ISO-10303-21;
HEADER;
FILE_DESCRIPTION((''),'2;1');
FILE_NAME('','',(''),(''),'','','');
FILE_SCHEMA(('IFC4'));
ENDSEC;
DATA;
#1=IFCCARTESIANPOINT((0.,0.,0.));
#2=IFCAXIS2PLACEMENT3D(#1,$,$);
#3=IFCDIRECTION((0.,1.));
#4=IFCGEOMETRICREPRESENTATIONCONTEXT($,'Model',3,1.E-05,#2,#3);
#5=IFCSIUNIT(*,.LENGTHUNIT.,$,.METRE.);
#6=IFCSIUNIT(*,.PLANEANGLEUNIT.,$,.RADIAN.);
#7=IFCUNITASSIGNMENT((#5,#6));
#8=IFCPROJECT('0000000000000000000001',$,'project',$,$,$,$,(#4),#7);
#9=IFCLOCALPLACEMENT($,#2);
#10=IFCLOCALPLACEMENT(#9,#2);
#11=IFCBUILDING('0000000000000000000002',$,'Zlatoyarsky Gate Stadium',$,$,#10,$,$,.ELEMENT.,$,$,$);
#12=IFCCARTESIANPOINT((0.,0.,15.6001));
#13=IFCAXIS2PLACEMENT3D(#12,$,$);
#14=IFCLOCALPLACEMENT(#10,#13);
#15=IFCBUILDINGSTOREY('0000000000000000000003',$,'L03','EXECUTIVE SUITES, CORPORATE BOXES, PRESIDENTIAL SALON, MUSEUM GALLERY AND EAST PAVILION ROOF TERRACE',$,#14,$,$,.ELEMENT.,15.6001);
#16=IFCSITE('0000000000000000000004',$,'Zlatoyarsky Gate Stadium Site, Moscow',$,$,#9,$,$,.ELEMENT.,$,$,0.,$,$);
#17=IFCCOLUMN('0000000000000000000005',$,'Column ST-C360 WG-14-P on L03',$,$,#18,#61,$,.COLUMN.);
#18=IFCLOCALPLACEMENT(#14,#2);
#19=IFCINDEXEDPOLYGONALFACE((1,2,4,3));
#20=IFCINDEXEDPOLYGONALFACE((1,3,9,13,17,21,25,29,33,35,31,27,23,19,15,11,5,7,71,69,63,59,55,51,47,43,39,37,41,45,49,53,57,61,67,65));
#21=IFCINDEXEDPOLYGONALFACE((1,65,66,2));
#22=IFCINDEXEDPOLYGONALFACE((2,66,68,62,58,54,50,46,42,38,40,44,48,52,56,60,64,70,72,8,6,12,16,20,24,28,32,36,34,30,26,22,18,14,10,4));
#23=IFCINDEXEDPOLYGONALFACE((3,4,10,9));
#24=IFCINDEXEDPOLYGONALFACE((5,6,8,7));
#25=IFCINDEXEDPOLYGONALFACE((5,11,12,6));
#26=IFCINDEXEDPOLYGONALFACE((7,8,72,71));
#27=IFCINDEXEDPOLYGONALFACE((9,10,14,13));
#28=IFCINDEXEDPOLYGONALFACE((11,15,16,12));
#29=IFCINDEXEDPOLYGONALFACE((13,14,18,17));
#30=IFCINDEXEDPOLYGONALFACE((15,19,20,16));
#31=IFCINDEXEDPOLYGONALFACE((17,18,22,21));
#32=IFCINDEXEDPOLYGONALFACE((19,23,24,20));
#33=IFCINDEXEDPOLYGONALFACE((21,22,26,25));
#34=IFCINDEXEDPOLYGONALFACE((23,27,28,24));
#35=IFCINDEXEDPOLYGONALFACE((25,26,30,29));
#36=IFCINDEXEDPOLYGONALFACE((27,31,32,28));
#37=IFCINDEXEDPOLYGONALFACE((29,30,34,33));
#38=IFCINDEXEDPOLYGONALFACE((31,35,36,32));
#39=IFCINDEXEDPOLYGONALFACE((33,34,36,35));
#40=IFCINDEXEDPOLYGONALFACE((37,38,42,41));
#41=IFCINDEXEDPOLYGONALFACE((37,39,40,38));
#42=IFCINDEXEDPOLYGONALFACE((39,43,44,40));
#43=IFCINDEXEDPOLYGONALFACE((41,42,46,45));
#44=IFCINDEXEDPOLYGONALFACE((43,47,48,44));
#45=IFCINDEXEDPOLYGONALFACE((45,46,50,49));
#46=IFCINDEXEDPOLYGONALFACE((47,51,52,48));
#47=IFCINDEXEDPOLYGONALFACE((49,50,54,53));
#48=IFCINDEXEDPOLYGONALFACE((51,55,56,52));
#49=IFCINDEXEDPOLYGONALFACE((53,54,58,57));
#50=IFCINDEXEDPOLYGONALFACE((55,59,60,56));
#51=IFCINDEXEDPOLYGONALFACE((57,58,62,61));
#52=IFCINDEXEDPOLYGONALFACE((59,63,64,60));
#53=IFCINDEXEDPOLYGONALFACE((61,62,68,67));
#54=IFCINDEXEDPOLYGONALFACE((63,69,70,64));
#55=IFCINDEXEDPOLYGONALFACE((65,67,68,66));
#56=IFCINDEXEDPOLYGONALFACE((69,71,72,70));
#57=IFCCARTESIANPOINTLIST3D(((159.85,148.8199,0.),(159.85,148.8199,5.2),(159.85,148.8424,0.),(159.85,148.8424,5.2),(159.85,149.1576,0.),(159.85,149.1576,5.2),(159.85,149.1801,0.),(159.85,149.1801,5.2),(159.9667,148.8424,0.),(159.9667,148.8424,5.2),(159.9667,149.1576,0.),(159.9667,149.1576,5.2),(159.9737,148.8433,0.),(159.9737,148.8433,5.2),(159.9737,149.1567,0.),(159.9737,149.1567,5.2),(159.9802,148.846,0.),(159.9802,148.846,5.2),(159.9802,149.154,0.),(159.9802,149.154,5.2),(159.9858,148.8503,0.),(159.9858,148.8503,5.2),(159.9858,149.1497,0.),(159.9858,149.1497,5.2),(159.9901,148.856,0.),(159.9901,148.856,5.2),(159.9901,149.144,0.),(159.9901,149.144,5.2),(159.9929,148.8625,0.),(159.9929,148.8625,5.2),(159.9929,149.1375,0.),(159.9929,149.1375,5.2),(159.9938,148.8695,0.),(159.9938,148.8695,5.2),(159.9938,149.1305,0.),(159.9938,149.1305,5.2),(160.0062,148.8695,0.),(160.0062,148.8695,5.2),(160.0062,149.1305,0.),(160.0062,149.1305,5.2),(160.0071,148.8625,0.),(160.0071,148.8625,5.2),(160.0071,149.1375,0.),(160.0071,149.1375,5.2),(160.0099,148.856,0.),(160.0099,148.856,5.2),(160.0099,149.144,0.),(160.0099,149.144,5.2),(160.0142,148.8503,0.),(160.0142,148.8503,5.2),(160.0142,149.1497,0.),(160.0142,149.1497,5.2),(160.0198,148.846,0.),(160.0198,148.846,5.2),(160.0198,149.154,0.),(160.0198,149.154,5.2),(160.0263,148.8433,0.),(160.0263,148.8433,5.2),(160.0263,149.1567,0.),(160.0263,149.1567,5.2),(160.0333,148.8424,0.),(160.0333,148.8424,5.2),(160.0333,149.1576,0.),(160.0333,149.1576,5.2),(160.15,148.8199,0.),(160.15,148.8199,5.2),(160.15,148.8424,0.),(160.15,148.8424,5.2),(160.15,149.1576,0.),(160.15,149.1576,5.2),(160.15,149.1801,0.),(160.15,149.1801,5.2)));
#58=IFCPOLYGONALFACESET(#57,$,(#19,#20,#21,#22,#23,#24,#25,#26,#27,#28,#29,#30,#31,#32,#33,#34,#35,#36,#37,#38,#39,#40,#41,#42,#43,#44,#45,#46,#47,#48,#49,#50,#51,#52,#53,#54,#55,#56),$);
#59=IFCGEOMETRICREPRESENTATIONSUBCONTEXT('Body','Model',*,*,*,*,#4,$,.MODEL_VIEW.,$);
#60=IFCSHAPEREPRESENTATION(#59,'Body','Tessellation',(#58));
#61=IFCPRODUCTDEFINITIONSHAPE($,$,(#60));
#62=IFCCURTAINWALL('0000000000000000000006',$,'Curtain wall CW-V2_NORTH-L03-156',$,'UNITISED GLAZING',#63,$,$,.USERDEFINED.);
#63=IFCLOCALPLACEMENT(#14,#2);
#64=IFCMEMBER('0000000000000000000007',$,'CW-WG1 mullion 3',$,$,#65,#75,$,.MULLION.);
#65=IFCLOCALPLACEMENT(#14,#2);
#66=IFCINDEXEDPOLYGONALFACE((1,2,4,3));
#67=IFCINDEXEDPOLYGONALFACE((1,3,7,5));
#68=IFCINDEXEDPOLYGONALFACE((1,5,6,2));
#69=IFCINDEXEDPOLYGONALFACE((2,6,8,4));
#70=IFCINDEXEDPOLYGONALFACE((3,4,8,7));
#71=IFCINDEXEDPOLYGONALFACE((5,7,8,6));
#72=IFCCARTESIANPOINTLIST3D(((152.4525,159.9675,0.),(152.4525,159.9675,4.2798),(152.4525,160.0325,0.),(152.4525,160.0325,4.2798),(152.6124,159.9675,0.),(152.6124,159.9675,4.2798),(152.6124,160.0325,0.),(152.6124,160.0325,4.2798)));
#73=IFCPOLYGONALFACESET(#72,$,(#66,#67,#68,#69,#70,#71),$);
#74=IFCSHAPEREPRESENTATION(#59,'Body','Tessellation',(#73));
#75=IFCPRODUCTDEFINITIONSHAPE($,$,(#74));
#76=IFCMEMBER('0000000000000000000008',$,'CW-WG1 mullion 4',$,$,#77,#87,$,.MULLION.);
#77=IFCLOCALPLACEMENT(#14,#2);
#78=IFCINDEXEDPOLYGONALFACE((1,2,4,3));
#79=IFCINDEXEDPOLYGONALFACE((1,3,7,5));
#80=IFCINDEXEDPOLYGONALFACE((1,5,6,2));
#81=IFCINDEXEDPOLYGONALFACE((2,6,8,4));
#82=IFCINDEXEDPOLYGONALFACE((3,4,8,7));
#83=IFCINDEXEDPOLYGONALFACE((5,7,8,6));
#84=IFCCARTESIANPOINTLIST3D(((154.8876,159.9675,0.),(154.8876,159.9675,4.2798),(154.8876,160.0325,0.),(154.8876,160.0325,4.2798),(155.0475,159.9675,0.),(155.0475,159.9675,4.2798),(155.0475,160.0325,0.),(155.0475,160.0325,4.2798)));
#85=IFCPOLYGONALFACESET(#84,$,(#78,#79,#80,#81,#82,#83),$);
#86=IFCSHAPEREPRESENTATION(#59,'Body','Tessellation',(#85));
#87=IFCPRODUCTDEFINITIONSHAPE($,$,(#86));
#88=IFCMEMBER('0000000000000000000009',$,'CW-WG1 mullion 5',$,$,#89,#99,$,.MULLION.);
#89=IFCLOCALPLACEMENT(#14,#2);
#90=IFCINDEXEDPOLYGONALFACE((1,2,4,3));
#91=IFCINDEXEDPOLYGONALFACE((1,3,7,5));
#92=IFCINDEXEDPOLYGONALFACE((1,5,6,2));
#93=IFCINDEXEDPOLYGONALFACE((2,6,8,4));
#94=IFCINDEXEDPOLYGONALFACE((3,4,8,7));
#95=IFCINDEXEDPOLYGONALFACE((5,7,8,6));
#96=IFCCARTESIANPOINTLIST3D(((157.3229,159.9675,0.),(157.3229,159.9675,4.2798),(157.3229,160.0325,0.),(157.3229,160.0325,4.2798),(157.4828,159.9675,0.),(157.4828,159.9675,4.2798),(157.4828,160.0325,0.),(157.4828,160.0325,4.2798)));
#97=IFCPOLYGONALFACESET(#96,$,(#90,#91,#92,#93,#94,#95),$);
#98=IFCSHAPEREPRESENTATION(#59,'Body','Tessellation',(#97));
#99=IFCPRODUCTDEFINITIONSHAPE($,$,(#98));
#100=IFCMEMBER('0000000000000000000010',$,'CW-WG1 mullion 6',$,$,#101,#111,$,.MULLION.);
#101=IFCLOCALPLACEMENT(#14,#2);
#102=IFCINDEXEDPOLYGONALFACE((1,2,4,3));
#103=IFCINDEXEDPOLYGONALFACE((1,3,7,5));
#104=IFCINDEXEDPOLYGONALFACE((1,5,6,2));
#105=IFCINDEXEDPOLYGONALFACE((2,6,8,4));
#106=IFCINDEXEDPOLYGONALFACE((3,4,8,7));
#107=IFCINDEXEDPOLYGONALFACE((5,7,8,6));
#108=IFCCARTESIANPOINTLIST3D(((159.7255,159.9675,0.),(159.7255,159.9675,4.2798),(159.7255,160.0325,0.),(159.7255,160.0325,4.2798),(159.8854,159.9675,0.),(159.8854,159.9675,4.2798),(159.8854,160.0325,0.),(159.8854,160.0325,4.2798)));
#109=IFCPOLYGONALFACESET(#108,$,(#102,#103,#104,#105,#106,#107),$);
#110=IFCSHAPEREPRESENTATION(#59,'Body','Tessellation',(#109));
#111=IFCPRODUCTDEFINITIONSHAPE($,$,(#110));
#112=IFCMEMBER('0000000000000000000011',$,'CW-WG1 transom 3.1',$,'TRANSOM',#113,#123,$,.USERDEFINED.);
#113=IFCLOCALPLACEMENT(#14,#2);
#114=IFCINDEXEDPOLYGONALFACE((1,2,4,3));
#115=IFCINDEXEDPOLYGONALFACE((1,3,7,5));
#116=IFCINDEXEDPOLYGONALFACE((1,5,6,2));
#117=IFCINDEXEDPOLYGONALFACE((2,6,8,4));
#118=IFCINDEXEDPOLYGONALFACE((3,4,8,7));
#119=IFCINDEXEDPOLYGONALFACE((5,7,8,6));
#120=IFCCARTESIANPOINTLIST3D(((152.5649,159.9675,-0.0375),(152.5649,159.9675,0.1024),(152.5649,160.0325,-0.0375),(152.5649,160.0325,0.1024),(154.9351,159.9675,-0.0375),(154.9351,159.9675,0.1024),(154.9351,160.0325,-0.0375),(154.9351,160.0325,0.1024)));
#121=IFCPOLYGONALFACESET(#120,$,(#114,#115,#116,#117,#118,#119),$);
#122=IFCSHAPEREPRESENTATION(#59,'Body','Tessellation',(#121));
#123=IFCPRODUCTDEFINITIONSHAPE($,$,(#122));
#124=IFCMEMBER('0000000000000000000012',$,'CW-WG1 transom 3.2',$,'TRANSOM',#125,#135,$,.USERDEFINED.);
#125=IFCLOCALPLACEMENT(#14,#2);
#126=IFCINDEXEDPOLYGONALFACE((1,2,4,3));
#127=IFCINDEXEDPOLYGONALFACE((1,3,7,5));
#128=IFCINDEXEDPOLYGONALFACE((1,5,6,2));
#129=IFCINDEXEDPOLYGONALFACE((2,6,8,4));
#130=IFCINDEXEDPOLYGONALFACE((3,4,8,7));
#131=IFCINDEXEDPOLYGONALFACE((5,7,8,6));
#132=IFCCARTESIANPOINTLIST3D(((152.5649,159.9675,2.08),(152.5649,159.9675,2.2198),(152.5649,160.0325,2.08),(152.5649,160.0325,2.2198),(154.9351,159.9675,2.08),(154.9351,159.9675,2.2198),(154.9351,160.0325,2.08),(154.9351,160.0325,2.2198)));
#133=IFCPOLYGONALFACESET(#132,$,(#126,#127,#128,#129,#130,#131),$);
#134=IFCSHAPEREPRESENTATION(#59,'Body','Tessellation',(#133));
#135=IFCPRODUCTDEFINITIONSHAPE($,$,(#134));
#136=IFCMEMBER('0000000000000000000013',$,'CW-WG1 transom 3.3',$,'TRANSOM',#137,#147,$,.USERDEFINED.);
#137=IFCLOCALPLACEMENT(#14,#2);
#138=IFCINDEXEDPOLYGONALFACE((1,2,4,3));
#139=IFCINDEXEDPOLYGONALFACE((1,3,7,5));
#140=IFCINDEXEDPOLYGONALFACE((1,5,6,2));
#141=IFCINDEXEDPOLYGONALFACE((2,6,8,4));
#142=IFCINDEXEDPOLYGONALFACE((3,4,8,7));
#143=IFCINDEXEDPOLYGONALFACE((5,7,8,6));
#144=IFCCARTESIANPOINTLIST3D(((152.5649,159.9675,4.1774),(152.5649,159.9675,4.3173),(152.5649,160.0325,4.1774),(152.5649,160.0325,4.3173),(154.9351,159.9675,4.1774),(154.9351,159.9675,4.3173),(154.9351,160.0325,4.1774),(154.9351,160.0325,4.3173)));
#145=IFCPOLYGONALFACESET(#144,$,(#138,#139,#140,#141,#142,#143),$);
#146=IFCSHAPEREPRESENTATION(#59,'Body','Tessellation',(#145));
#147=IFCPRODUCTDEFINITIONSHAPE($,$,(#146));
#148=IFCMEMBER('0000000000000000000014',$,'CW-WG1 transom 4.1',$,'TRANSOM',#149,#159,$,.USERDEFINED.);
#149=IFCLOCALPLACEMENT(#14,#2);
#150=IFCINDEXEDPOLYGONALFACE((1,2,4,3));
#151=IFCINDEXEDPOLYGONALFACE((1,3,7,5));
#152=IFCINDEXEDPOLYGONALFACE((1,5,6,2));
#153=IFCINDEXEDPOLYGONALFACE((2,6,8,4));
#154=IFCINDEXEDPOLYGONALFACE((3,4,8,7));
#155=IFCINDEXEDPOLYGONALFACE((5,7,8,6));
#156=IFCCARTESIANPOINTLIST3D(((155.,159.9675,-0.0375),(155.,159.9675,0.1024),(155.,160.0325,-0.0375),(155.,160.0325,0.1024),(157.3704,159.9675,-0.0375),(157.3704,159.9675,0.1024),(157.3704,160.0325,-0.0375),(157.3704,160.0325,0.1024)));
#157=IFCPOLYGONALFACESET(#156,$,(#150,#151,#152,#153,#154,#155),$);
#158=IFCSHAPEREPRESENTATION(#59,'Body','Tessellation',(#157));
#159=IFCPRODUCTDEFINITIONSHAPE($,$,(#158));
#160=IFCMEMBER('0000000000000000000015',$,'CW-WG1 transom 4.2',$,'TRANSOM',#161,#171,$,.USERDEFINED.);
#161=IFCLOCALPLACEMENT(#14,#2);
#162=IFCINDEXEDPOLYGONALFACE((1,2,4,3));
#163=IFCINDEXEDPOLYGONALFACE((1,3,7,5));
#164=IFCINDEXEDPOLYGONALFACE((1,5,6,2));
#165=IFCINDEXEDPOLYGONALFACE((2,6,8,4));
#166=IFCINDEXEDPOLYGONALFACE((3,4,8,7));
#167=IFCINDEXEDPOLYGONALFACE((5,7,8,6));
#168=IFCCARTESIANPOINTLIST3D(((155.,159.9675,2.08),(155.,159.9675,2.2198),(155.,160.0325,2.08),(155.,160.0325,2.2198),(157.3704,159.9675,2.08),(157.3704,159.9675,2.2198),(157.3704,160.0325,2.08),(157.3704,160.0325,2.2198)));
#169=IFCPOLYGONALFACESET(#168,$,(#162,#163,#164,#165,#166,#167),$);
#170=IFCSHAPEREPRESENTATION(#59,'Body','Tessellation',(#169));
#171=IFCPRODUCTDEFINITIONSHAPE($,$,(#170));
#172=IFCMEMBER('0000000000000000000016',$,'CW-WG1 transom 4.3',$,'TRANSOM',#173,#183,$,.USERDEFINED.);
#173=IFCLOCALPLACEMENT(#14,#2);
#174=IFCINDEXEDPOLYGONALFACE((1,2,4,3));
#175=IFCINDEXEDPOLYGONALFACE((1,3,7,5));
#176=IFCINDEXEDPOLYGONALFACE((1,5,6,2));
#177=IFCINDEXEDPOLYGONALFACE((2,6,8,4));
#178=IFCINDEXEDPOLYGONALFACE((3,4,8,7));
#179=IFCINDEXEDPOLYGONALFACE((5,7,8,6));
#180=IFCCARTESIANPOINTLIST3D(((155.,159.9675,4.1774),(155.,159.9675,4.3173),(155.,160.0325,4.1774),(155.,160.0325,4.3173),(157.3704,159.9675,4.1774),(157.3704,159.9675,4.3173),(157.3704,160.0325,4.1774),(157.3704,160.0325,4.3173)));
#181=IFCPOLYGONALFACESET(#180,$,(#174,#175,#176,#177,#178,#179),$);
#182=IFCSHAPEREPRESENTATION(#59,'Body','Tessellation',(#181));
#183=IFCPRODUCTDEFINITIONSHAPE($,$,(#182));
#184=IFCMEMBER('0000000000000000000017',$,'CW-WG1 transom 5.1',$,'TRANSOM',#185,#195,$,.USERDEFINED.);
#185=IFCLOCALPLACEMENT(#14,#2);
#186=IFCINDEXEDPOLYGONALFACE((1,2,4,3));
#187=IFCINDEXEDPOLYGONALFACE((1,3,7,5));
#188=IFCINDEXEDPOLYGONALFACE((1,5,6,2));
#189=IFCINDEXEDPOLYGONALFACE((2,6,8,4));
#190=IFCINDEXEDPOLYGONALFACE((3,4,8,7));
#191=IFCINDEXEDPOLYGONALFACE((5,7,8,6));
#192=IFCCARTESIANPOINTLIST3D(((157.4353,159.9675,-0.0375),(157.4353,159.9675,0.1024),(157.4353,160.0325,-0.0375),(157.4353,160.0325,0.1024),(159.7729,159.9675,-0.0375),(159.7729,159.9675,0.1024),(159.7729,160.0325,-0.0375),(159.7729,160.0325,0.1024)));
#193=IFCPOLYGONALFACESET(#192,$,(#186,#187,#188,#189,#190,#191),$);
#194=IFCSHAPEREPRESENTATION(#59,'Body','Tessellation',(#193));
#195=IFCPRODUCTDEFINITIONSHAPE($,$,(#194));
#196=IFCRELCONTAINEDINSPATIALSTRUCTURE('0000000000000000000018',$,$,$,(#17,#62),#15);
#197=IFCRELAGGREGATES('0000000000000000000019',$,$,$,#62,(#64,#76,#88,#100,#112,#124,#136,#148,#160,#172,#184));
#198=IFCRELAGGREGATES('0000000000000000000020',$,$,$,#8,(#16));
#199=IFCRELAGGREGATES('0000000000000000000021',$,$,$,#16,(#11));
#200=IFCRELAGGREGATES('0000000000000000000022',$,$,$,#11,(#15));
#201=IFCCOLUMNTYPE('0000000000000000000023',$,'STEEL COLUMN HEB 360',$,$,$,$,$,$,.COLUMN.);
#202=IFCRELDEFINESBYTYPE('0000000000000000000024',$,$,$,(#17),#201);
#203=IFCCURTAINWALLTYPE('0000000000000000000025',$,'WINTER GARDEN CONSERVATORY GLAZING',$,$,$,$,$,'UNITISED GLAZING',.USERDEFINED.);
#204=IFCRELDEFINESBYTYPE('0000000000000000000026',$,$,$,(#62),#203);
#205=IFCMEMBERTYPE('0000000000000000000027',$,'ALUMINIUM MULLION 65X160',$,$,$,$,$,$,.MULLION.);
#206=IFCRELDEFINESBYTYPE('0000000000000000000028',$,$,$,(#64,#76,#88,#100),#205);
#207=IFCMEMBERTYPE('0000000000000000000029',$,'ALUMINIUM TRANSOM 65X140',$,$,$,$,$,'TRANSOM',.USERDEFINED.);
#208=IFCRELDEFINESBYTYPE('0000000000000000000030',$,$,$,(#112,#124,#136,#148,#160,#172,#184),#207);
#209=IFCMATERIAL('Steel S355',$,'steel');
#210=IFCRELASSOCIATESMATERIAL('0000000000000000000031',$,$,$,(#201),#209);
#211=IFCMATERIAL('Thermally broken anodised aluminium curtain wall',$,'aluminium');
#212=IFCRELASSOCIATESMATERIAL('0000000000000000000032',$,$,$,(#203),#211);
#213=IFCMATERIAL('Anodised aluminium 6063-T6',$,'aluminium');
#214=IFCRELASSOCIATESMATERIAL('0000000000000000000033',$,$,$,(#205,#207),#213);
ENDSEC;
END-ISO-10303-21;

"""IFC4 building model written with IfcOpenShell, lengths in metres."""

from ifc_helpers import new_model, si_unit, direction, frame, origin, origin_2d, place, context, subcontext, project, spatial, rectangle, i_section, extrude, material, material_profile, profile_set, type_object, element, aggregate, save


model = new_model("IFC4")

# Units and contexts
model_context = context("Model", 3, precision=1e-05, world=origin(), true_north=direction((0.0, 1.0)))
body_context = subcontext(model_context, "Body", "Model", "MODEL_VIEW")
ifc_project = project(units=[si_unit("LENGTHUNIT", "METRE"), si_unit("PLANEANGLEUNIT", "RADIAN")], contexts=[model_context])

# Site, building, storey
site_placement = place(None, origin())
site = spatial("IfcSite", under=ifc_project, at=site_placement, Name="Zlatoyarsky Gate Stadium Site, Moscow", CompositionType="ELEMENT", RefElevation=0.0)
building_placement = place(site_placement, origin())
building = spatial("IfcBuilding", under=site, at=building_placement, Name="Zlatoyarsky Gate Stadium", CompositionType="ELEMENT")
storey_placement = place(building_placement, frame((0.0, 0.0, 15.6001)))
storey = spatial("IfcBuildingStorey", under=building, at=storey_placement, Name="L03", Description="EXECUTIVE SUITES, CORPORATE BOXES, PRESIDENTIAL SALON, MUSEUM GALLERY AND EAST PAVILION ROOF TERRACE", CompositionType="ELEMENT", Elevation=15.6001)

# Column
ifc_material_1 = material(Name="Steel S355", Category="steel")
ifc_material_profile_1 = material_profile(ifc_material_1, i_section(OverallWidth=0.3, OverallDepth=0.3601, WebThickness=0.0125, FlangeThickness=0.0225, FilletRadius=0.0271, at=origin_2d()), Name="HEB 360")
ifc_profile_set_1 = profile_set([ifc_material_profile_1], Name="Steel S355")
column_type = type_object("IfcColumnType", Name="STEEL COLUMN HEB 360", PredefinedType="COLUMN", material=ifc_profile_set_1)
column_placement = place(storey_placement, frame((160.0, 149.0, 0.0), z_axis=(0.0, 0.0, 1.0), x_axis=(1.0, 0.0, 0.0)))
element("IfcColumn", 1, at=column_placement, inside=storey, type_object=column_type, Name="Column ST-C360 WG-14-P on L03", PredefinedType="COLUMN", context=body_context, shape_type="SweptSolid", body=[
    extrude(i_section(OverallWidth=0.3, OverallDepth=0.3601, WebThickness=0.0125, FlangeThickness=0.0225, FilletRadius=0.0271, at=origin_2d()), origin(), (0.0, 0.0, 1.0), 5.2),
])

# Curtain wall, members
ifc_material_2 = material(Name="Thermally broken anodised aluminium curtain wall", Category="aluminium")
curtain_wall_type = type_object("IfcCurtainWallType", Name="WINTER GARDEN CONSERVATORY GLAZING", ElementType="UNITISED GLAZING", PredefinedType="USERDEFINED", material=ifc_material_2)
curtain_wall_placement = place(storey_placement, origin())
curtain_wall = element("IfcCurtainWall", 2, at=curtain_wall_placement, inside=storey, type_object=curtain_wall_type, Name="Curtain wall CW-V2_NORTH-L03-156", ObjectType="UNITISED GLAZING", PredefinedType="USERDEFINED")
ifc_material_3 = material(Name="Anodised aluminium 6063-T6", Category="aluminium")
ifc_material_profile_2 = material_profile(ifc_material_3, rectangle(XDim=0.0649, YDim=0.1599, at=origin_2d()), Name="ALU 65X160")
ifc_profile_set_2 = profile_set([ifc_material_profile_2], Name="Anodised aluminium 6063-T6")
member_type_1 = type_object("IfcMemberType", Name="ALUMINIUM MULLION 65X160", PredefinedType="MULLION", material=ifc_profile_set_2)
member_1_placement = place(storey_placement, frame((152.5325, 160.0, 0.0), z_axis=(0.0, 0.0, 1.0), x_axis=(0.0, 1.0, 0.0)))
member_1 = element("IfcMember", 3, at=member_1_placement, type_object=member_type_1, Name="CW-WG1 mullion 3", PredefinedType="MULLION", context=body_context, shape_type="SweptSolid", body=[
    extrude(rectangle(XDim=0.0649, YDim=0.1599, at=origin_2d()), origin(), (0.0, 0.0, 1.0), 4.2798),
])
member_2_placement = place(storey_placement, frame((154.9675, 160.0, 0.0), z_axis=(0.0, 0.0, 1.0), x_axis=(0.0, 1.0, 0.0)))
member_2 = element("IfcMember", 4, at=member_2_placement, type_object=member_type_1, Name="CW-WG1 mullion 4", PredefinedType="MULLION", context=body_context, shape_type="SweptSolid", body=[
    extrude(rectangle(XDim=0.0649, YDim=0.1599, at=origin_2d()), origin(), (0.0, 0.0, 1.0), 4.2798),
])
member_3_placement = place(storey_placement, frame((157.4028, 160.0, 0.0), z_axis=(0.0, 0.0, 1.0), x_axis=(0.0, 1.0, 0.0)))
member_3 = element("IfcMember", 5, at=member_3_placement, type_object=member_type_1, Name="CW-WG1 mullion 5", PredefinedType="MULLION", context=body_context, shape_type="SweptSolid", body=[
    extrude(rectangle(XDim=0.0649, YDim=0.1599, at=origin_2d()), origin(), (0.0, 0.0, 1.0), 4.2798),
])
member_4_placement = place(storey_placement, frame((159.8054, 160.0, 0.0), z_axis=(0.0, 0.0, 1.0), x_axis=(0.0, 1.0, 0.0)))
member_4 = element("IfcMember", 6, at=member_4_placement, type_object=member_type_1, Name="CW-WG1 mullion 6", PredefinedType="MULLION", context=body_context, shape_type="SweptSolid", body=[
    extrude(rectangle(XDim=0.0649, YDim=0.1599, at=origin_2d()), origin(), (0.0, 0.0, 1.0), 4.2798),
])
ifc_material_profile_3 = material_profile(ifc_material_3, rectangle(XDim=0.0649, YDim=0.1399, at=origin_2d()), Name="ALU 65X140")
ifc_profile_set_3 = profile_set([ifc_material_profile_3], Name="Anodised aluminium 6063-T6")
member_type_2 = type_object("IfcMemberType", Name="ALUMINIUM TRANSOM 65X140", ElementType="TRANSOM", PredefinedType="USERDEFINED", material=ifc_profile_set_3)
member_5_placement = place(storey_placement, frame((152.5649, 160.0, 0.0325), z_axis=(1.0, 0.0, 0.0), x_axis=(0.0, 1.0, 0.0)))
member_5 = element("IfcMember", 7, at=member_5_placement, type_object=member_type_2, Name="CW-WG1 transom 3.1", ObjectType="TRANSOM", PredefinedType="USERDEFINED", context=body_context, shape_type="SweptSolid", body=[
    extrude(rectangle(XDim=0.0649, YDim=0.1399, at=origin_2d()), origin(), (0.0, 0.0, 1.0), 2.3701),
])
member_6_placement = place(storey_placement, frame((152.5649, 160.0, 2.1499), z_axis=(1.0, 0.0, 0.0), x_axis=(0.0, 1.0, 0.0)))
member_6 = element("IfcMember", 8, at=member_6_placement, type_object=member_type_2, Name="CW-WG1 transom 3.2", ObjectType="TRANSOM", PredefinedType="USERDEFINED", context=body_context, shape_type="SweptSolid", body=[
    extrude(rectangle(XDim=0.0649, YDim=0.1399, at=origin_2d()), origin(), (0.0, 0.0, 1.0), 2.3701),
])
member_7_placement = place(storey_placement, frame((152.5649, 160.0, 4.2473), z_axis=(1.0, 0.0, 0.0), x_axis=(0.0, 1.0, 0.0)))
member_7 = element("IfcMember", 9, at=member_7_placement, type_object=member_type_2, Name="CW-WG1 transom 3.3", ObjectType="TRANSOM", PredefinedType="USERDEFINED", context=body_context, shape_type="SweptSolid", body=[
    extrude(rectangle(XDim=0.0649, YDim=0.1399, at=origin_2d()), origin(), (0.0, 0.0, 1.0), 2.3701),
])
member_8_placement = place(storey_placement, frame((155.0, 160.0, 0.0325), z_axis=(1.0, 0.0, 0.0), x_axis=(0.0, 1.0, 0.0)))
member_8 = element("IfcMember", 10, at=member_8_placement, type_object=member_type_2, Name="CW-WG1 transom 4.1", ObjectType="TRANSOM", PredefinedType="USERDEFINED", context=body_context, shape_type="SweptSolid", body=[
    extrude(rectangle(XDim=0.0649, YDim=0.1399, at=origin_2d()), origin(), (0.0, 0.0, 1.0), 2.3704),
])
member_9_placement = place(storey_placement, frame((155.0, 160.0, 2.1499), z_axis=(1.0, 0.0, 0.0), x_axis=(0.0, 1.0, 0.0)))
member_9 = element("IfcMember", 11, at=member_9_placement, type_object=member_type_2, Name="CW-WG1 transom 4.2", ObjectType="TRANSOM", PredefinedType="USERDEFINED", context=body_context, shape_type="SweptSolid", body=[
    extrude(rectangle(XDim=0.0649, YDim=0.1399, at=origin_2d()), origin(), (0.0, 0.0, 1.0), 2.3704),
])
member_10_placement = place(storey_placement, frame((155.0, 160.0, 4.2473), z_axis=(1.0, 0.0, 0.0), x_axis=(0.0, 1.0, 0.0)))
member_10 = element("IfcMember", 12, at=member_10_placement, type_object=member_type_2, Name="CW-WG1 transom 4.3", ObjectType="TRANSOM", PredefinedType="USERDEFINED", context=body_context, shape_type="SweptSolid", body=[
    extrude(rectangle(XDim=0.0649, YDim=0.1399, at=origin_2d()), origin(), (0.0, 0.0, 1.0), 2.3704),
])
member_11_placement = place(storey_placement, frame((157.4353, 160.0, 0.0325), z_axis=(1.0, 0.0, 0.0), x_axis=(0.0, 1.0, 0.0)))
member_11 = element("IfcMember", 13, at=member_11_placement, type_object=member_type_2, Name="CW-WG1 transom 5.1", ObjectType="TRANSOM", PredefinedType="USERDEFINED", context=body_context, shape_type="SweptSolid", body=[
    extrude(rectangle(XDim=0.0649, YDim=0.1399, at=origin_2d()), origin(), (0.0, 0.0, 1.0), 2.3376),
])
aggregate(curtain_wall, [member_1, member_2, member_3, member_4, member_5, member_6, member_7, member_8, member_9, member_10, member_11])

save(model, "model.ifc")
